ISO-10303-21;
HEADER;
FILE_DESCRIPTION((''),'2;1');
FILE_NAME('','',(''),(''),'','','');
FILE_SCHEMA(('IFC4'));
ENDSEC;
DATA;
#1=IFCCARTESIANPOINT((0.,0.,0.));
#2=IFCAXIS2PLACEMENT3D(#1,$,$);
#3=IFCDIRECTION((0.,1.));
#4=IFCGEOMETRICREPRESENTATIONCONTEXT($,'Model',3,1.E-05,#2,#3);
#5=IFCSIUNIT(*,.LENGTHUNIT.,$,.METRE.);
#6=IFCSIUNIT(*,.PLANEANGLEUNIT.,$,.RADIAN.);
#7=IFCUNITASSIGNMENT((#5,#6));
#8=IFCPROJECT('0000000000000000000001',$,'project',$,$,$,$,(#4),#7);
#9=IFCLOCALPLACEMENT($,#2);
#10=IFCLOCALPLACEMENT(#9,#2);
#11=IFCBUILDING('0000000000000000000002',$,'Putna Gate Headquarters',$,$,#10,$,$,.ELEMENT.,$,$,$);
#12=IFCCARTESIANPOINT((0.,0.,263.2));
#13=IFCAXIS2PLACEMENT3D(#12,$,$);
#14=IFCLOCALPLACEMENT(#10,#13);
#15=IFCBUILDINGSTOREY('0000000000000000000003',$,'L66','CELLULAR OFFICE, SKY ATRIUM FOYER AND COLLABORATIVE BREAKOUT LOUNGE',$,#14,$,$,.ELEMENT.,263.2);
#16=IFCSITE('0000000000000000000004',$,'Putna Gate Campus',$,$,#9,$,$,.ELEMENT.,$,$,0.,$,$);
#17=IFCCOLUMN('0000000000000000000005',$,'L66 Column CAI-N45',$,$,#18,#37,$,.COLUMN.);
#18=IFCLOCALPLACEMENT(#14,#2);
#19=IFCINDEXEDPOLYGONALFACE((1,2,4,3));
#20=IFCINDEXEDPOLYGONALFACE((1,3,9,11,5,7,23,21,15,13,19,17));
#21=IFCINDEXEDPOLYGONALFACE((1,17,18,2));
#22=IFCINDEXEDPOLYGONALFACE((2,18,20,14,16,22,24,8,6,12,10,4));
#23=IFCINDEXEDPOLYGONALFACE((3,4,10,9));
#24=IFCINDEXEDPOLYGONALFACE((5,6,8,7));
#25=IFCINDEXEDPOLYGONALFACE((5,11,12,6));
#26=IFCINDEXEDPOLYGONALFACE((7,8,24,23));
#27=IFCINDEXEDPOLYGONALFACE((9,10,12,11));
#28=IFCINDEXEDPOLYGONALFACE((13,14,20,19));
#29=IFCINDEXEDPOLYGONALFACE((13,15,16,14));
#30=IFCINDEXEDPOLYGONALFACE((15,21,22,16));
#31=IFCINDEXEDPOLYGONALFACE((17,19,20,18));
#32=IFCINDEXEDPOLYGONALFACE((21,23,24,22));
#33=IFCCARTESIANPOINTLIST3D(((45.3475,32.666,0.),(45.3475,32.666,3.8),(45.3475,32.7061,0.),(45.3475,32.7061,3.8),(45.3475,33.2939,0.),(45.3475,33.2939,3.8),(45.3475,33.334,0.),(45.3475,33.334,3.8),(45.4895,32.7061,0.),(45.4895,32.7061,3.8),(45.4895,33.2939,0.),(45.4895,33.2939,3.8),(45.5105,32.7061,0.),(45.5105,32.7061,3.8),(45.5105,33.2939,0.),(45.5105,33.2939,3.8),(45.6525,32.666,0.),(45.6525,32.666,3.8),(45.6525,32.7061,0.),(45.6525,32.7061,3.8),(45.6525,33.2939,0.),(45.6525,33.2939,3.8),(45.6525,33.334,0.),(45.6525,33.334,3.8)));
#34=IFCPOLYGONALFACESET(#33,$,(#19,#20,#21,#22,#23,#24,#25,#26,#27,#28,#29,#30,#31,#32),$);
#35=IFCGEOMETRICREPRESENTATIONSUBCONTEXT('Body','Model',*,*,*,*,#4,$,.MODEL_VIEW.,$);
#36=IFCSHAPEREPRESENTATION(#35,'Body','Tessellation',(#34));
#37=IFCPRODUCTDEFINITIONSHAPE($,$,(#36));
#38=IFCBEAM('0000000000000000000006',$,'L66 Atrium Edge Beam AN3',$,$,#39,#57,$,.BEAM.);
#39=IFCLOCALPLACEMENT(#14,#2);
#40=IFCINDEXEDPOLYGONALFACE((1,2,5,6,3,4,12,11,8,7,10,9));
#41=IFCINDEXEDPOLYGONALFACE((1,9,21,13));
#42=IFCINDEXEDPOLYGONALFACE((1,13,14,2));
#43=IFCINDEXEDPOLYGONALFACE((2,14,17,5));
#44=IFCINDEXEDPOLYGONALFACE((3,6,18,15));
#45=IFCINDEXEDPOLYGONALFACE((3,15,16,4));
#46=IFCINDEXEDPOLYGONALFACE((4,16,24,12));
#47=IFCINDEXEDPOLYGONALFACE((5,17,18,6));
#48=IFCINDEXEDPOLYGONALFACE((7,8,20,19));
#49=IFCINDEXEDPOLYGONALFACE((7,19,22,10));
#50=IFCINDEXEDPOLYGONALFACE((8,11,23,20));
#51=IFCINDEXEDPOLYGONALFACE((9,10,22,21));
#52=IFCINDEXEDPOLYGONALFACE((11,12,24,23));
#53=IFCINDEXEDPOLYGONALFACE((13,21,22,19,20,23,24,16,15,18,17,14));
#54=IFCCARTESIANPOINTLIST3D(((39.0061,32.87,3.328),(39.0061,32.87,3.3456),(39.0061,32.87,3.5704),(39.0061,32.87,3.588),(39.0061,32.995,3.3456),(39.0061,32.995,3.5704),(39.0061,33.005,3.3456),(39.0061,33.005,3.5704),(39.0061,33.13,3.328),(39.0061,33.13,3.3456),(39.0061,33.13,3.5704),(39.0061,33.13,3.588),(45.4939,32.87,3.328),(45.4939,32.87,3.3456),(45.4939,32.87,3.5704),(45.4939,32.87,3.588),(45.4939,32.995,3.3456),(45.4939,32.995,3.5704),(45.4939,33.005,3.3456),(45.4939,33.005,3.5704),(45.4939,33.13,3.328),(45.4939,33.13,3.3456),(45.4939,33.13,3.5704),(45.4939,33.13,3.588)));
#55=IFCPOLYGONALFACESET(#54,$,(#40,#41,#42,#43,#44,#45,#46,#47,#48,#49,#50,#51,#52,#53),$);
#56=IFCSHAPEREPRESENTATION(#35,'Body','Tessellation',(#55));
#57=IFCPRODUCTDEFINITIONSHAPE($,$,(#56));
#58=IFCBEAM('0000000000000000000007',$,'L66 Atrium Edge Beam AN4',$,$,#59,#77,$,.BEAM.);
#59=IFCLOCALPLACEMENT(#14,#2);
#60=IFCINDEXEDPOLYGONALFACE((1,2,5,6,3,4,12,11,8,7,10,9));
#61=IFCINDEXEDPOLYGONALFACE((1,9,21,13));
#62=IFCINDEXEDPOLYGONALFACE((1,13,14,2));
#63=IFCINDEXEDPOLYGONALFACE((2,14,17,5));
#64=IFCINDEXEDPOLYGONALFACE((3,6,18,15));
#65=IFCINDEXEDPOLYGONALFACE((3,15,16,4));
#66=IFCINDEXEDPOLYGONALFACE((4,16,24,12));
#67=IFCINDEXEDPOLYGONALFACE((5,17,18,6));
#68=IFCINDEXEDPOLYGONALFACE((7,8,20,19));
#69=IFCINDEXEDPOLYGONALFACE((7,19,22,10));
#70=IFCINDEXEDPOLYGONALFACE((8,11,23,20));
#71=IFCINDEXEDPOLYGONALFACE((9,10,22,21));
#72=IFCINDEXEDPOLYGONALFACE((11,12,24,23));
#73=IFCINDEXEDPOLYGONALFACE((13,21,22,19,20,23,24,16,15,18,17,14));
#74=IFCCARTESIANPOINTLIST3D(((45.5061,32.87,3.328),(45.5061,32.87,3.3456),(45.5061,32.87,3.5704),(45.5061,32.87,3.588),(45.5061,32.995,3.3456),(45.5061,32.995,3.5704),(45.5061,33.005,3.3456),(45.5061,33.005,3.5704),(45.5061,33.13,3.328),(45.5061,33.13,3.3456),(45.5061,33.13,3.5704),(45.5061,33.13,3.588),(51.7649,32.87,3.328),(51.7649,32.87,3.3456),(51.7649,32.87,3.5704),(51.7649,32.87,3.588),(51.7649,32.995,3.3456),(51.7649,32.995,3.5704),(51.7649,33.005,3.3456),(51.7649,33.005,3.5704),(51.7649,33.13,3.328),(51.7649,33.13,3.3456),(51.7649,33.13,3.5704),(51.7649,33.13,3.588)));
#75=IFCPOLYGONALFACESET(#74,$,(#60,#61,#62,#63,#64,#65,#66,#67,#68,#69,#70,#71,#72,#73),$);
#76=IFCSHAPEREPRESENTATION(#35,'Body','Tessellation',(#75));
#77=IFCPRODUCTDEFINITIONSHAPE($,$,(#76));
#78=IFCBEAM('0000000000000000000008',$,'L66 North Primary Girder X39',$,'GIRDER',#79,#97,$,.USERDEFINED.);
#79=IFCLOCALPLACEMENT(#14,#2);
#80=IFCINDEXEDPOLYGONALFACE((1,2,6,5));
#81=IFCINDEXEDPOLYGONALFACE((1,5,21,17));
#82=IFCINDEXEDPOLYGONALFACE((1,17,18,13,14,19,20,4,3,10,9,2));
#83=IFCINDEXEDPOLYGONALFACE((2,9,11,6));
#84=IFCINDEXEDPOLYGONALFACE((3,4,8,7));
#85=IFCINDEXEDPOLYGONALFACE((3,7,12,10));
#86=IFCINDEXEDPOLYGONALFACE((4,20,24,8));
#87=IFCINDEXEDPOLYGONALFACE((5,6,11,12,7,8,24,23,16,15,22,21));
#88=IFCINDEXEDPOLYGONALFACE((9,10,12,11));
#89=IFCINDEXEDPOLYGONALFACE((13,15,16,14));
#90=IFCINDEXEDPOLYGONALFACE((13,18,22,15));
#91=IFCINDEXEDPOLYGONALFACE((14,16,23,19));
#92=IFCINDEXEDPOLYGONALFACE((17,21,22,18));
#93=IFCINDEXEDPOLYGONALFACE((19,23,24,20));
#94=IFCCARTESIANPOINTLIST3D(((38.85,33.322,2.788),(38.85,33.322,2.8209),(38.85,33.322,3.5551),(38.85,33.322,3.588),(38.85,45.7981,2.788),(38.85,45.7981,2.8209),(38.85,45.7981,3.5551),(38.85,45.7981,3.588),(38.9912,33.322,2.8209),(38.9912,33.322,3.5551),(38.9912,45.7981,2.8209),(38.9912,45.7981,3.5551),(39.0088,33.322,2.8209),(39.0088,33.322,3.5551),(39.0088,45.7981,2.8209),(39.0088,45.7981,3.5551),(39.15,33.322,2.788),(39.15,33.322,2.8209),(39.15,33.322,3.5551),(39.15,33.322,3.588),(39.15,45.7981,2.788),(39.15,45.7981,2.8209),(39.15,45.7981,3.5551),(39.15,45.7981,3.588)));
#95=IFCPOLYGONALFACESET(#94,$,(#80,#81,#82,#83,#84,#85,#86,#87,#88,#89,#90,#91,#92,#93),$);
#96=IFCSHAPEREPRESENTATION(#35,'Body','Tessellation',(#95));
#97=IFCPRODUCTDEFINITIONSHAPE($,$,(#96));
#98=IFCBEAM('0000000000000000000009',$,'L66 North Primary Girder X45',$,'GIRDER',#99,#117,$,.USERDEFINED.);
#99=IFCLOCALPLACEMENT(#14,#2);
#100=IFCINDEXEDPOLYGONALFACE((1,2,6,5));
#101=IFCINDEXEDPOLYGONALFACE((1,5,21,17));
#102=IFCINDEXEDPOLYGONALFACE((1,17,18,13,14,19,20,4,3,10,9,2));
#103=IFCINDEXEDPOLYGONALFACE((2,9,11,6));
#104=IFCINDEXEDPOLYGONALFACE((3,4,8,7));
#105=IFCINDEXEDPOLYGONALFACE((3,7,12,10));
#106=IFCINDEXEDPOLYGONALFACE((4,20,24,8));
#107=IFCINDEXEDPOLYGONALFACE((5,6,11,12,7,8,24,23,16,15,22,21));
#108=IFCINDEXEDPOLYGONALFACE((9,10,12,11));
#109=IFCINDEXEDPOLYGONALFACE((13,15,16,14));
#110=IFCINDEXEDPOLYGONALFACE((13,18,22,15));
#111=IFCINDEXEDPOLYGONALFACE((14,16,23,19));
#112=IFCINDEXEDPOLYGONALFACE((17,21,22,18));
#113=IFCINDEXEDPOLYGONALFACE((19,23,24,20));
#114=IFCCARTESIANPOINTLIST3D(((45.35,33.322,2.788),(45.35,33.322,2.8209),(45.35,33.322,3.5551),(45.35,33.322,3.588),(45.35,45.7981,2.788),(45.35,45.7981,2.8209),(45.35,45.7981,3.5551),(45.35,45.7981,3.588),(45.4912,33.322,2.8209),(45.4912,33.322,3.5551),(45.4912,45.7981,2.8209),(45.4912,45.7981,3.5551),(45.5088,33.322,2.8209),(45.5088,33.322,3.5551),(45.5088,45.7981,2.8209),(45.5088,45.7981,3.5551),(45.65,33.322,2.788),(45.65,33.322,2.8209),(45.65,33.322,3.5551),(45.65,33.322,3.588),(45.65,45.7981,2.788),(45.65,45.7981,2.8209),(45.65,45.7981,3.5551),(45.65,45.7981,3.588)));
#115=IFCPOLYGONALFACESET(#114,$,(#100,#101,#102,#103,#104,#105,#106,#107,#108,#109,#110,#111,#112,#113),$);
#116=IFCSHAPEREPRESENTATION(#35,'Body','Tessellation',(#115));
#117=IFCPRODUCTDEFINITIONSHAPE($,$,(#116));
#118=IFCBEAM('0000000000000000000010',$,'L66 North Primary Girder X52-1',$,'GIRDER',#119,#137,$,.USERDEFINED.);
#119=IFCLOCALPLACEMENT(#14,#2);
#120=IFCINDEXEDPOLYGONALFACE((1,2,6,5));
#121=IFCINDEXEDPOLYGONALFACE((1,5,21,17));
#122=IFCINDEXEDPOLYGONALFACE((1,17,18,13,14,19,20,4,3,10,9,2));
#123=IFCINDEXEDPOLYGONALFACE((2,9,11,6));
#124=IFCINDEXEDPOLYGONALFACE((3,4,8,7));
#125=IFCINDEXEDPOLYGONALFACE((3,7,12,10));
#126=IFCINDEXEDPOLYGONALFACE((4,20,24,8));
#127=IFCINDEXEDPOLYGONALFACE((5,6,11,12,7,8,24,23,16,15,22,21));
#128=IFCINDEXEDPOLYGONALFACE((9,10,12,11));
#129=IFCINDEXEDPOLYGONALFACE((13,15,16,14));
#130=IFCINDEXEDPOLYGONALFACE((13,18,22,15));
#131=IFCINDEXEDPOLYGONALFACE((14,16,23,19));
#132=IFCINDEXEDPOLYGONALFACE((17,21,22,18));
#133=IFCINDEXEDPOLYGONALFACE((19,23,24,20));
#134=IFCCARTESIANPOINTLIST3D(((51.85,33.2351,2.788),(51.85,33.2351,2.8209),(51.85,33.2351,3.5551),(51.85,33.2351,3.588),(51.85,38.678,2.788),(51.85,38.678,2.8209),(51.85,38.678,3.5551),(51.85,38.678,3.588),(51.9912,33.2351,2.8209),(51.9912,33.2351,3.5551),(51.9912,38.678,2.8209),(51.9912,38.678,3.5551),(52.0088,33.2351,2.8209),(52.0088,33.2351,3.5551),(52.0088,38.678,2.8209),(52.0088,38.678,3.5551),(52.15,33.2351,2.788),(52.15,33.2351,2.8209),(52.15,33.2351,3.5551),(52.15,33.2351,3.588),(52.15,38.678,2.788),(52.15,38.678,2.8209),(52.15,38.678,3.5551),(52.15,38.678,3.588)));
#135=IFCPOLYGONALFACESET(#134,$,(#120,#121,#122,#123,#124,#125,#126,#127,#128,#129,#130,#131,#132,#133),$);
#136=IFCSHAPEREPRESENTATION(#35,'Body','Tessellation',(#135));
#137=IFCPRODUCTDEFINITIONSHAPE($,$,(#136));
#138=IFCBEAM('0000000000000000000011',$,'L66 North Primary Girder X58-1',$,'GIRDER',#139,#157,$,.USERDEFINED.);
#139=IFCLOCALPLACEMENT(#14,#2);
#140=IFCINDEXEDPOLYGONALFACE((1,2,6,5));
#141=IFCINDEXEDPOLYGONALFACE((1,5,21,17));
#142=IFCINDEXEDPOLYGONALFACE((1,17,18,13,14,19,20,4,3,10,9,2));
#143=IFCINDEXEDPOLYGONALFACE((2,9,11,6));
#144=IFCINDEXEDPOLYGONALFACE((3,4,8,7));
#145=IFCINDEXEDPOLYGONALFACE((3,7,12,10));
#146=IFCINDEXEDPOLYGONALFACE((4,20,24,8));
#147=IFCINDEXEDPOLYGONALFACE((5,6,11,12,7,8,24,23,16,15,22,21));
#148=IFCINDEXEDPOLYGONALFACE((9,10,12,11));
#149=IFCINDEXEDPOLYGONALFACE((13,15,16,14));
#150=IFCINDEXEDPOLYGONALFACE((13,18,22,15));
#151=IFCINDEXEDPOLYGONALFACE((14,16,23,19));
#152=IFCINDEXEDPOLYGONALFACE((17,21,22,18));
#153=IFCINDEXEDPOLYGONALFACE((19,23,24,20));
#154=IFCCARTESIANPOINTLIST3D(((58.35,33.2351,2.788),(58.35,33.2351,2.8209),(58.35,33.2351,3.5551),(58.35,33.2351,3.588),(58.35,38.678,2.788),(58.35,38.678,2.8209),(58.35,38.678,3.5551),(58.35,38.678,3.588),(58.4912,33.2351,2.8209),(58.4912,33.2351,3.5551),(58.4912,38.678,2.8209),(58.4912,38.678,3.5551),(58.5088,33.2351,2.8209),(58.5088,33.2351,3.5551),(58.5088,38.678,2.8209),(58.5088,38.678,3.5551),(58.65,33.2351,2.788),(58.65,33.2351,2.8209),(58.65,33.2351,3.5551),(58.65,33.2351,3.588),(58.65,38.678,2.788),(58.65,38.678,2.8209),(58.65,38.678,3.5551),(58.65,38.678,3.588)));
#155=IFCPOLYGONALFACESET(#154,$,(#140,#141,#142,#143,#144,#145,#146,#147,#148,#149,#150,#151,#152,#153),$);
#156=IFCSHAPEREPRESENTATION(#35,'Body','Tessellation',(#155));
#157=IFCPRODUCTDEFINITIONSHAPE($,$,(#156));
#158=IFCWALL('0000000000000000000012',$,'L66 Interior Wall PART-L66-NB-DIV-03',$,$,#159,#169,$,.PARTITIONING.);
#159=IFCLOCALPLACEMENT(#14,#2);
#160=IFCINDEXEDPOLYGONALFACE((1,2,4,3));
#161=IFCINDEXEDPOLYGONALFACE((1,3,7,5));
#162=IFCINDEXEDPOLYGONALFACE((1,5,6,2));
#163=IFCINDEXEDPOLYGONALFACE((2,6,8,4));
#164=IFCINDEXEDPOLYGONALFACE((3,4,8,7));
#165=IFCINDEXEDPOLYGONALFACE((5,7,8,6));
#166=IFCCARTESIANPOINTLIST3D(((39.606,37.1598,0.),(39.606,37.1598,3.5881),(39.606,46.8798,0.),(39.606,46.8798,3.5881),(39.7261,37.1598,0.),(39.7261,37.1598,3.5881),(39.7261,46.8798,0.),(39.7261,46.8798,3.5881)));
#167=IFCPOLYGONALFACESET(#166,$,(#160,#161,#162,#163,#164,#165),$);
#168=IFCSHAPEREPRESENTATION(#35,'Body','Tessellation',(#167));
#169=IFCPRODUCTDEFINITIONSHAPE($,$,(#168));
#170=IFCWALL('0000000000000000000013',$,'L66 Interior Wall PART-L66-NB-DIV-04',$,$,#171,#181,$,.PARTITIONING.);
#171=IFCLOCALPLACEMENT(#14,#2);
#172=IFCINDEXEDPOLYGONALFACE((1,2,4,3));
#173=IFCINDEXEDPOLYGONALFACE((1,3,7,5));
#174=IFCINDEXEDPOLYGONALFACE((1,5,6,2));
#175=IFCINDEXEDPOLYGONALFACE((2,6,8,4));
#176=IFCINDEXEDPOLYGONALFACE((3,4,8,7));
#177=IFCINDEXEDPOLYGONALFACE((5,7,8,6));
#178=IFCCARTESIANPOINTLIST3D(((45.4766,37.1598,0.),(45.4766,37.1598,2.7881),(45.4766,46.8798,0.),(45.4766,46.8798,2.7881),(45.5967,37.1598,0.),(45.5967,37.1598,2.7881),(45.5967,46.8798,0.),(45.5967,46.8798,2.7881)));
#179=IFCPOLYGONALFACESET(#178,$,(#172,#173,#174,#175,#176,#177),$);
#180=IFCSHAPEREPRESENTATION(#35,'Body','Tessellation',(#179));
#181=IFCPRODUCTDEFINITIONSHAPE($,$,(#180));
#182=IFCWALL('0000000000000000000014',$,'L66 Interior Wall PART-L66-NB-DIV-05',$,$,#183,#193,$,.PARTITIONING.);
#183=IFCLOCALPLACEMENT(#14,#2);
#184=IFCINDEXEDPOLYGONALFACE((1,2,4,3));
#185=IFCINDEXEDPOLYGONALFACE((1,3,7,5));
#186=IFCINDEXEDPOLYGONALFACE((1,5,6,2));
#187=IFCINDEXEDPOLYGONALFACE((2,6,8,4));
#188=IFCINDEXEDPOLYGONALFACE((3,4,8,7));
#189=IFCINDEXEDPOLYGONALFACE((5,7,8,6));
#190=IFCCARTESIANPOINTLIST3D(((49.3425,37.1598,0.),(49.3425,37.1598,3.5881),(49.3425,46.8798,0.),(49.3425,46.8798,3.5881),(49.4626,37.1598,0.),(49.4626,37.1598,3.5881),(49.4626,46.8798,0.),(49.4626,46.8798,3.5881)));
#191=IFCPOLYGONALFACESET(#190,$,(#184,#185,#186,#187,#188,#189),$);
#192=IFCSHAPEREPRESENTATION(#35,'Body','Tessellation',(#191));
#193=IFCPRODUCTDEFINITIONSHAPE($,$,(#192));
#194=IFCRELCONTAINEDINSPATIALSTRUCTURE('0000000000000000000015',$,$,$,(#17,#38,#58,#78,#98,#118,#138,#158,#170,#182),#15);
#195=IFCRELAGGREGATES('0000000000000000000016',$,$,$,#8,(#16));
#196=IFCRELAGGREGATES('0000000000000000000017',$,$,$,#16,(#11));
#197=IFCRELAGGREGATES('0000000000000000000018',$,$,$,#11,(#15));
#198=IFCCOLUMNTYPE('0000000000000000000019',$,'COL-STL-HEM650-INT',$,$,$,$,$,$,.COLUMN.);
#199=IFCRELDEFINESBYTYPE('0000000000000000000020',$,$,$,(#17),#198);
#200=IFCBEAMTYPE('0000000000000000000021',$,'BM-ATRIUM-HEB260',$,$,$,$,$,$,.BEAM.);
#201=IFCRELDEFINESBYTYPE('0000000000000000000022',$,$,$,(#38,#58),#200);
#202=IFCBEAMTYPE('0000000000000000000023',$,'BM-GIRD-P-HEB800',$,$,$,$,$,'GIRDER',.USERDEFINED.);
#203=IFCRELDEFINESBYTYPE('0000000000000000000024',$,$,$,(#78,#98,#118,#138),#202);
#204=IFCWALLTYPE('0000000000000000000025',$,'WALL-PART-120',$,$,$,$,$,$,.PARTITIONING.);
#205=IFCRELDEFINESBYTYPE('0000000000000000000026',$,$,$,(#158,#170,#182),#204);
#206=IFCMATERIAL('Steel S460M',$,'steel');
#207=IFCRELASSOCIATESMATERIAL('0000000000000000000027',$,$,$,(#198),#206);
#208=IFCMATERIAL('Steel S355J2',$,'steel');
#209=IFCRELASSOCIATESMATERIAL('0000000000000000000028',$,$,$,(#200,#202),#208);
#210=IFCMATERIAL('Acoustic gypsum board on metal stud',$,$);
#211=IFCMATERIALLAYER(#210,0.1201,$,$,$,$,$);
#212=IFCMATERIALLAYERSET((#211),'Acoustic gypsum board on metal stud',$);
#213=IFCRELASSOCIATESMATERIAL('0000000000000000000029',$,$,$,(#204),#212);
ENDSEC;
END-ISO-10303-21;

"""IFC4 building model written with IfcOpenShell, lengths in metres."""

from ifc_helpers import new_model, si_unit, direction, frame, frame_2d, origin, origin_2d, place, context, subcontext, project, spatial, rectangle, i_section, extrude, material, layer, layer_set, material_profile, profile_set, type_object, element, save


model = new_model("IFC4")

# Units and contexts
model_context = context("Model", 3, precision=1e-05, world=origin(), true_north=direction((0.0, 1.0)))
body_context = subcontext(model_context, "Body", "Model", "MODEL_VIEW")
ifc_project = project(units=[si_unit("LENGTHUNIT", "METRE"), si_unit("PLANEANGLEUNIT", "RADIAN")], contexts=[model_context])

# Site, building, storey
site_placement = place(None, origin())
site = spatial("IfcSite", under=ifc_project, at=site_placement, Name="Putna Gate Campus", CompositionType="ELEMENT", RefElevation=0.0)
building_placement = place(site_placement, origin())
building = spatial("IfcBuilding", under=site, at=building_placement, Name="Putna Gate Headquarters", CompositionType="ELEMENT")
storey_placement = place(building_placement, frame((0.0, 0.0, 263.2)))
storey = spatial("IfcBuildingStorey", under=building, at=storey_placement, Name="L66", Description="CELLULAR OFFICE, SKY ATRIUM FOYER AND COLLABORATIVE BREAKOUT LOUNGE", CompositionType="ELEMENT", Elevation=263.2)

# Column
ifc_material_1 = material(Name="Steel S460M", Category="steel")
ifc_material_profile_1 = material_profile(ifc_material_1, i_section(OverallWidth=0.3049, OverallDepth=0.668, WebThickness=0.021, FlangeThickness=0.04, at=origin_2d()), Name="Steel S460M")
ifc_profile_set_1 = profile_set([ifc_material_profile_1], Name="Steel S460M")
column_type = type_object("IfcColumnType", Name="COL-STL-HEM650-INT", PredefinedType="COLUMN", material=ifc_profile_set_1)
column_placement = place(storey_placement, frame((45.5, 33.0, 0.0), z_axis=(0.0, 0.0, 1.0), x_axis=(1.0, 0.0, 0.0)))
element("IfcColumn", 1, at=column_placement, inside=storey, type_object=column_type, Name="L66 Column CAI-N45", PredefinedType="COLUMN", context=body_context, shape_type="SweptSolid", body=[
    extrude(i_section(OverallWidth=0.3049, OverallDepth=0.668, WebThickness=0.021, FlangeThickness=0.04, at=origin_2d()), origin(), (0.0, 0.0, 1.0), 3.8),
])

# Beams
ifc_material_2 = material(Name="Steel S355J2", Category="steel")
ifc_material_profile_2 = material_profile(ifc_material_2, i_section(OverallWidth=0.26, OverallDepth=0.26, WebThickness=0.01, FlangeThickness=0.0176, at=origin_2d()), Name="Steel S355J2")
ifc_profile_set_2 = profile_set([ifc_material_profile_2], Name="Steel S355J2")
beam_type_1 = type_object("IfcBeamType", Name="BM-ATRIUM-HEB260", PredefinedType="BEAM", material=ifc_profile_set_2)
beam_1_placement = place(storey_placement, frame((39.0061, 33.0, 3.458), z_axis=(1.0, 0.0, 0.0), x_axis=(0.0, 1.0, 0.0)))
element("IfcBeam", 2, at=beam_1_placement, inside=storey, type_object=beam_type_1, Name="L66 Atrium Edge Beam AN3", PredefinedType="BEAM", context=body_context, shape_type="SweptSolid", body=[
    extrude(i_section(OverallWidth=0.26, OverallDepth=0.26, WebThickness=0.01, FlangeThickness=0.0176, at=origin_2d()), origin(), (0.0, 0.0, 1.0), 6.4878),
])
beam_2_placement = place(storey_placement, frame((45.5061, 33.0, 3.458), z_axis=(1.0, 0.0, 0.0), x_axis=(0.0, 1.0, 0.0)))
element("IfcBeam", 3, at=beam_2_placement, inside=storey, type_object=beam_type_1, Name="L66 Atrium Edge Beam AN4", PredefinedType="BEAM", context=body_context, shape_type="SweptSolid", body=[
    extrude(i_section(OverallWidth=0.26, OverallDepth=0.26, WebThickness=0.01, FlangeThickness=0.0176, at=origin_2d()), origin(), (0.0, 0.0, 1.0), 6.2588),
])
ifc_material_profile_3 = material_profile(ifc_material_2, i_section(OverallWidth=0.3, OverallDepth=0.8, WebThickness=0.0176, FlangeThickness=0.033, at=origin_2d()), Name="Steel S355J2")
ifc_profile_set_3 = profile_set([ifc_material_profile_3], Name="Steel S355J2")
beam_type_2 = type_object("IfcBeamType", Name="BM-GIRD-P-HEB800", ElementType="GIRDER", PredefinedType="USERDEFINED", material=ifc_profile_set_3)
for number, where, z_axis, x_axis, name in (
    (4, (39.0, 33.322, 3.188), (0.0, 1.0, 0.0), (-1.0, 0.0, 0.0), "L66 North Primary Girder X39"),
    (5, (45.5, 33.322, 3.188), (0.0, 1.0, 0.0), (-1.0, 0.0, 0.0), "L66 North Primary Girder X45"),
):
    element("IfcBeam", number, at=place(storey_placement, frame(where, z_axis=z_axis, x_axis=x_axis)), inside=storey, type_object=beam_type_2, Name=name, ObjectType="GIRDER", PredefinedType="USERDEFINED", context=body_context, shape_type="SweptSolid", body=[
        extrude(i_section(OverallWidth=0.3, OverallDepth=0.8, WebThickness=0.0176, FlangeThickness=0.033, at=origin_2d()), origin(), (0.0, 0.0, 1.0), 12.4761),
    ])
for number, where, z_axis, x_axis, name in (
    (6, (52.0, 33.2351, 3.188), (0.0, 1.0, 0.0), (-1.0, 0.0, 0.0), "L66 North Primary Girder X52-1"),
    (7, (58.5, 33.2351, 3.188), (0.0, 1.0, 0.0), (-1.0, 0.0, 0.0), "L66 North Primary Girder X58-1"),
):
    element("IfcBeam", number, at=place(storey_placement, frame(where, z_axis=z_axis, x_axis=x_axis)), inside=storey, type_object=beam_type_2, Name=name, ObjectType="GIRDER", PredefinedType="USERDEFINED", context=body_context, shape_type="SweptSolid", body=[
        extrude(i_section(OverallWidth=0.3, OverallDepth=0.8, WebThickness=0.0176, FlangeThickness=0.033, at=origin_2d()), origin(), (0.0, 0.0, 1.0), 5.4429),
    ])

# Shared definitions
ifc_material_3 = material(Name="Acoustic gypsum board on metal stud")
ifc_layer_1 = layer(ifc_material_3, 0.1201)
ifc_layer_set_1 = layer_set([ifc_layer_1], Name="Acoustic gypsum board on metal stud")
wall_type_1 = type_object("IfcWallType", Name="WALL-PART-120", PredefinedType="PARTITIONING", material=ifc_layer_set_1)

# Walls
wall_1_placement = place(storey_placement, frame((39.666, 37.1599, 0.0), z_axis=(0.0, 0.0, 1.0), x_axis=(0.0, 1.0, 0.0)))
element("IfcWall", 8, at=wall_1_placement, inside=storey, type_object=wall_type_1, Name="L66 Interior Wall PART-L66-NB-DIV-03", PredefinedType="PARTITIONING", context=body_context, shape_type="SweptSolid", body=[
    extrude(rectangle(XDim=9.72, YDim=0.1201, at=frame_2d((4.8599, 0.0))), origin(), (0.0, 0.0, 1.0), 3.5881),
])
wall_2_placement = place(storey_placement, frame((45.5366, 37.1599, 0.0), z_axis=(0.0, 0.0, 1.0), x_axis=(0.0, 1.0, 0.0)))
element("IfcWall", 9, at=wall_2_placement, inside=storey, type_object=wall_type_1, Name="L66 Interior Wall PART-L66-NB-DIV-04", PredefinedType="PARTITIONING", context=body_context, shape_type="SweptSolid", body=[
    extrude(rectangle(XDim=9.72, YDim=0.1201, at=frame_2d((4.8599, 0.0))), origin(), (0.0, 0.0, 1.0), 2.7881),
])
for number, where, z_axis, x_axis, name in (
    (10, (49.4026, 37.1599, 0.0), (0.0, 0.0, 1.0), (0.0, 1.0, 0.0), "L66 Interior Wall PART-L66-NB-DIV-05"),
):
    element("IfcWall", number, at=place(storey_placement, frame(where, z_axis=z_axis, x_axis=x_axis)), inside=storey, type_object=wall_type_1, Name=name, PredefinedType="PARTITIONING", context=body_context, shape_type="SweptSolid", body=[
        extrude(rectangle(XDim=9.72, YDim=0.1201, at=frame_2d((4.8599, 0.0))), origin(), (0.0, 0.0, 1.0), 3.5881),
    ])

save(model, "model.ifc")
